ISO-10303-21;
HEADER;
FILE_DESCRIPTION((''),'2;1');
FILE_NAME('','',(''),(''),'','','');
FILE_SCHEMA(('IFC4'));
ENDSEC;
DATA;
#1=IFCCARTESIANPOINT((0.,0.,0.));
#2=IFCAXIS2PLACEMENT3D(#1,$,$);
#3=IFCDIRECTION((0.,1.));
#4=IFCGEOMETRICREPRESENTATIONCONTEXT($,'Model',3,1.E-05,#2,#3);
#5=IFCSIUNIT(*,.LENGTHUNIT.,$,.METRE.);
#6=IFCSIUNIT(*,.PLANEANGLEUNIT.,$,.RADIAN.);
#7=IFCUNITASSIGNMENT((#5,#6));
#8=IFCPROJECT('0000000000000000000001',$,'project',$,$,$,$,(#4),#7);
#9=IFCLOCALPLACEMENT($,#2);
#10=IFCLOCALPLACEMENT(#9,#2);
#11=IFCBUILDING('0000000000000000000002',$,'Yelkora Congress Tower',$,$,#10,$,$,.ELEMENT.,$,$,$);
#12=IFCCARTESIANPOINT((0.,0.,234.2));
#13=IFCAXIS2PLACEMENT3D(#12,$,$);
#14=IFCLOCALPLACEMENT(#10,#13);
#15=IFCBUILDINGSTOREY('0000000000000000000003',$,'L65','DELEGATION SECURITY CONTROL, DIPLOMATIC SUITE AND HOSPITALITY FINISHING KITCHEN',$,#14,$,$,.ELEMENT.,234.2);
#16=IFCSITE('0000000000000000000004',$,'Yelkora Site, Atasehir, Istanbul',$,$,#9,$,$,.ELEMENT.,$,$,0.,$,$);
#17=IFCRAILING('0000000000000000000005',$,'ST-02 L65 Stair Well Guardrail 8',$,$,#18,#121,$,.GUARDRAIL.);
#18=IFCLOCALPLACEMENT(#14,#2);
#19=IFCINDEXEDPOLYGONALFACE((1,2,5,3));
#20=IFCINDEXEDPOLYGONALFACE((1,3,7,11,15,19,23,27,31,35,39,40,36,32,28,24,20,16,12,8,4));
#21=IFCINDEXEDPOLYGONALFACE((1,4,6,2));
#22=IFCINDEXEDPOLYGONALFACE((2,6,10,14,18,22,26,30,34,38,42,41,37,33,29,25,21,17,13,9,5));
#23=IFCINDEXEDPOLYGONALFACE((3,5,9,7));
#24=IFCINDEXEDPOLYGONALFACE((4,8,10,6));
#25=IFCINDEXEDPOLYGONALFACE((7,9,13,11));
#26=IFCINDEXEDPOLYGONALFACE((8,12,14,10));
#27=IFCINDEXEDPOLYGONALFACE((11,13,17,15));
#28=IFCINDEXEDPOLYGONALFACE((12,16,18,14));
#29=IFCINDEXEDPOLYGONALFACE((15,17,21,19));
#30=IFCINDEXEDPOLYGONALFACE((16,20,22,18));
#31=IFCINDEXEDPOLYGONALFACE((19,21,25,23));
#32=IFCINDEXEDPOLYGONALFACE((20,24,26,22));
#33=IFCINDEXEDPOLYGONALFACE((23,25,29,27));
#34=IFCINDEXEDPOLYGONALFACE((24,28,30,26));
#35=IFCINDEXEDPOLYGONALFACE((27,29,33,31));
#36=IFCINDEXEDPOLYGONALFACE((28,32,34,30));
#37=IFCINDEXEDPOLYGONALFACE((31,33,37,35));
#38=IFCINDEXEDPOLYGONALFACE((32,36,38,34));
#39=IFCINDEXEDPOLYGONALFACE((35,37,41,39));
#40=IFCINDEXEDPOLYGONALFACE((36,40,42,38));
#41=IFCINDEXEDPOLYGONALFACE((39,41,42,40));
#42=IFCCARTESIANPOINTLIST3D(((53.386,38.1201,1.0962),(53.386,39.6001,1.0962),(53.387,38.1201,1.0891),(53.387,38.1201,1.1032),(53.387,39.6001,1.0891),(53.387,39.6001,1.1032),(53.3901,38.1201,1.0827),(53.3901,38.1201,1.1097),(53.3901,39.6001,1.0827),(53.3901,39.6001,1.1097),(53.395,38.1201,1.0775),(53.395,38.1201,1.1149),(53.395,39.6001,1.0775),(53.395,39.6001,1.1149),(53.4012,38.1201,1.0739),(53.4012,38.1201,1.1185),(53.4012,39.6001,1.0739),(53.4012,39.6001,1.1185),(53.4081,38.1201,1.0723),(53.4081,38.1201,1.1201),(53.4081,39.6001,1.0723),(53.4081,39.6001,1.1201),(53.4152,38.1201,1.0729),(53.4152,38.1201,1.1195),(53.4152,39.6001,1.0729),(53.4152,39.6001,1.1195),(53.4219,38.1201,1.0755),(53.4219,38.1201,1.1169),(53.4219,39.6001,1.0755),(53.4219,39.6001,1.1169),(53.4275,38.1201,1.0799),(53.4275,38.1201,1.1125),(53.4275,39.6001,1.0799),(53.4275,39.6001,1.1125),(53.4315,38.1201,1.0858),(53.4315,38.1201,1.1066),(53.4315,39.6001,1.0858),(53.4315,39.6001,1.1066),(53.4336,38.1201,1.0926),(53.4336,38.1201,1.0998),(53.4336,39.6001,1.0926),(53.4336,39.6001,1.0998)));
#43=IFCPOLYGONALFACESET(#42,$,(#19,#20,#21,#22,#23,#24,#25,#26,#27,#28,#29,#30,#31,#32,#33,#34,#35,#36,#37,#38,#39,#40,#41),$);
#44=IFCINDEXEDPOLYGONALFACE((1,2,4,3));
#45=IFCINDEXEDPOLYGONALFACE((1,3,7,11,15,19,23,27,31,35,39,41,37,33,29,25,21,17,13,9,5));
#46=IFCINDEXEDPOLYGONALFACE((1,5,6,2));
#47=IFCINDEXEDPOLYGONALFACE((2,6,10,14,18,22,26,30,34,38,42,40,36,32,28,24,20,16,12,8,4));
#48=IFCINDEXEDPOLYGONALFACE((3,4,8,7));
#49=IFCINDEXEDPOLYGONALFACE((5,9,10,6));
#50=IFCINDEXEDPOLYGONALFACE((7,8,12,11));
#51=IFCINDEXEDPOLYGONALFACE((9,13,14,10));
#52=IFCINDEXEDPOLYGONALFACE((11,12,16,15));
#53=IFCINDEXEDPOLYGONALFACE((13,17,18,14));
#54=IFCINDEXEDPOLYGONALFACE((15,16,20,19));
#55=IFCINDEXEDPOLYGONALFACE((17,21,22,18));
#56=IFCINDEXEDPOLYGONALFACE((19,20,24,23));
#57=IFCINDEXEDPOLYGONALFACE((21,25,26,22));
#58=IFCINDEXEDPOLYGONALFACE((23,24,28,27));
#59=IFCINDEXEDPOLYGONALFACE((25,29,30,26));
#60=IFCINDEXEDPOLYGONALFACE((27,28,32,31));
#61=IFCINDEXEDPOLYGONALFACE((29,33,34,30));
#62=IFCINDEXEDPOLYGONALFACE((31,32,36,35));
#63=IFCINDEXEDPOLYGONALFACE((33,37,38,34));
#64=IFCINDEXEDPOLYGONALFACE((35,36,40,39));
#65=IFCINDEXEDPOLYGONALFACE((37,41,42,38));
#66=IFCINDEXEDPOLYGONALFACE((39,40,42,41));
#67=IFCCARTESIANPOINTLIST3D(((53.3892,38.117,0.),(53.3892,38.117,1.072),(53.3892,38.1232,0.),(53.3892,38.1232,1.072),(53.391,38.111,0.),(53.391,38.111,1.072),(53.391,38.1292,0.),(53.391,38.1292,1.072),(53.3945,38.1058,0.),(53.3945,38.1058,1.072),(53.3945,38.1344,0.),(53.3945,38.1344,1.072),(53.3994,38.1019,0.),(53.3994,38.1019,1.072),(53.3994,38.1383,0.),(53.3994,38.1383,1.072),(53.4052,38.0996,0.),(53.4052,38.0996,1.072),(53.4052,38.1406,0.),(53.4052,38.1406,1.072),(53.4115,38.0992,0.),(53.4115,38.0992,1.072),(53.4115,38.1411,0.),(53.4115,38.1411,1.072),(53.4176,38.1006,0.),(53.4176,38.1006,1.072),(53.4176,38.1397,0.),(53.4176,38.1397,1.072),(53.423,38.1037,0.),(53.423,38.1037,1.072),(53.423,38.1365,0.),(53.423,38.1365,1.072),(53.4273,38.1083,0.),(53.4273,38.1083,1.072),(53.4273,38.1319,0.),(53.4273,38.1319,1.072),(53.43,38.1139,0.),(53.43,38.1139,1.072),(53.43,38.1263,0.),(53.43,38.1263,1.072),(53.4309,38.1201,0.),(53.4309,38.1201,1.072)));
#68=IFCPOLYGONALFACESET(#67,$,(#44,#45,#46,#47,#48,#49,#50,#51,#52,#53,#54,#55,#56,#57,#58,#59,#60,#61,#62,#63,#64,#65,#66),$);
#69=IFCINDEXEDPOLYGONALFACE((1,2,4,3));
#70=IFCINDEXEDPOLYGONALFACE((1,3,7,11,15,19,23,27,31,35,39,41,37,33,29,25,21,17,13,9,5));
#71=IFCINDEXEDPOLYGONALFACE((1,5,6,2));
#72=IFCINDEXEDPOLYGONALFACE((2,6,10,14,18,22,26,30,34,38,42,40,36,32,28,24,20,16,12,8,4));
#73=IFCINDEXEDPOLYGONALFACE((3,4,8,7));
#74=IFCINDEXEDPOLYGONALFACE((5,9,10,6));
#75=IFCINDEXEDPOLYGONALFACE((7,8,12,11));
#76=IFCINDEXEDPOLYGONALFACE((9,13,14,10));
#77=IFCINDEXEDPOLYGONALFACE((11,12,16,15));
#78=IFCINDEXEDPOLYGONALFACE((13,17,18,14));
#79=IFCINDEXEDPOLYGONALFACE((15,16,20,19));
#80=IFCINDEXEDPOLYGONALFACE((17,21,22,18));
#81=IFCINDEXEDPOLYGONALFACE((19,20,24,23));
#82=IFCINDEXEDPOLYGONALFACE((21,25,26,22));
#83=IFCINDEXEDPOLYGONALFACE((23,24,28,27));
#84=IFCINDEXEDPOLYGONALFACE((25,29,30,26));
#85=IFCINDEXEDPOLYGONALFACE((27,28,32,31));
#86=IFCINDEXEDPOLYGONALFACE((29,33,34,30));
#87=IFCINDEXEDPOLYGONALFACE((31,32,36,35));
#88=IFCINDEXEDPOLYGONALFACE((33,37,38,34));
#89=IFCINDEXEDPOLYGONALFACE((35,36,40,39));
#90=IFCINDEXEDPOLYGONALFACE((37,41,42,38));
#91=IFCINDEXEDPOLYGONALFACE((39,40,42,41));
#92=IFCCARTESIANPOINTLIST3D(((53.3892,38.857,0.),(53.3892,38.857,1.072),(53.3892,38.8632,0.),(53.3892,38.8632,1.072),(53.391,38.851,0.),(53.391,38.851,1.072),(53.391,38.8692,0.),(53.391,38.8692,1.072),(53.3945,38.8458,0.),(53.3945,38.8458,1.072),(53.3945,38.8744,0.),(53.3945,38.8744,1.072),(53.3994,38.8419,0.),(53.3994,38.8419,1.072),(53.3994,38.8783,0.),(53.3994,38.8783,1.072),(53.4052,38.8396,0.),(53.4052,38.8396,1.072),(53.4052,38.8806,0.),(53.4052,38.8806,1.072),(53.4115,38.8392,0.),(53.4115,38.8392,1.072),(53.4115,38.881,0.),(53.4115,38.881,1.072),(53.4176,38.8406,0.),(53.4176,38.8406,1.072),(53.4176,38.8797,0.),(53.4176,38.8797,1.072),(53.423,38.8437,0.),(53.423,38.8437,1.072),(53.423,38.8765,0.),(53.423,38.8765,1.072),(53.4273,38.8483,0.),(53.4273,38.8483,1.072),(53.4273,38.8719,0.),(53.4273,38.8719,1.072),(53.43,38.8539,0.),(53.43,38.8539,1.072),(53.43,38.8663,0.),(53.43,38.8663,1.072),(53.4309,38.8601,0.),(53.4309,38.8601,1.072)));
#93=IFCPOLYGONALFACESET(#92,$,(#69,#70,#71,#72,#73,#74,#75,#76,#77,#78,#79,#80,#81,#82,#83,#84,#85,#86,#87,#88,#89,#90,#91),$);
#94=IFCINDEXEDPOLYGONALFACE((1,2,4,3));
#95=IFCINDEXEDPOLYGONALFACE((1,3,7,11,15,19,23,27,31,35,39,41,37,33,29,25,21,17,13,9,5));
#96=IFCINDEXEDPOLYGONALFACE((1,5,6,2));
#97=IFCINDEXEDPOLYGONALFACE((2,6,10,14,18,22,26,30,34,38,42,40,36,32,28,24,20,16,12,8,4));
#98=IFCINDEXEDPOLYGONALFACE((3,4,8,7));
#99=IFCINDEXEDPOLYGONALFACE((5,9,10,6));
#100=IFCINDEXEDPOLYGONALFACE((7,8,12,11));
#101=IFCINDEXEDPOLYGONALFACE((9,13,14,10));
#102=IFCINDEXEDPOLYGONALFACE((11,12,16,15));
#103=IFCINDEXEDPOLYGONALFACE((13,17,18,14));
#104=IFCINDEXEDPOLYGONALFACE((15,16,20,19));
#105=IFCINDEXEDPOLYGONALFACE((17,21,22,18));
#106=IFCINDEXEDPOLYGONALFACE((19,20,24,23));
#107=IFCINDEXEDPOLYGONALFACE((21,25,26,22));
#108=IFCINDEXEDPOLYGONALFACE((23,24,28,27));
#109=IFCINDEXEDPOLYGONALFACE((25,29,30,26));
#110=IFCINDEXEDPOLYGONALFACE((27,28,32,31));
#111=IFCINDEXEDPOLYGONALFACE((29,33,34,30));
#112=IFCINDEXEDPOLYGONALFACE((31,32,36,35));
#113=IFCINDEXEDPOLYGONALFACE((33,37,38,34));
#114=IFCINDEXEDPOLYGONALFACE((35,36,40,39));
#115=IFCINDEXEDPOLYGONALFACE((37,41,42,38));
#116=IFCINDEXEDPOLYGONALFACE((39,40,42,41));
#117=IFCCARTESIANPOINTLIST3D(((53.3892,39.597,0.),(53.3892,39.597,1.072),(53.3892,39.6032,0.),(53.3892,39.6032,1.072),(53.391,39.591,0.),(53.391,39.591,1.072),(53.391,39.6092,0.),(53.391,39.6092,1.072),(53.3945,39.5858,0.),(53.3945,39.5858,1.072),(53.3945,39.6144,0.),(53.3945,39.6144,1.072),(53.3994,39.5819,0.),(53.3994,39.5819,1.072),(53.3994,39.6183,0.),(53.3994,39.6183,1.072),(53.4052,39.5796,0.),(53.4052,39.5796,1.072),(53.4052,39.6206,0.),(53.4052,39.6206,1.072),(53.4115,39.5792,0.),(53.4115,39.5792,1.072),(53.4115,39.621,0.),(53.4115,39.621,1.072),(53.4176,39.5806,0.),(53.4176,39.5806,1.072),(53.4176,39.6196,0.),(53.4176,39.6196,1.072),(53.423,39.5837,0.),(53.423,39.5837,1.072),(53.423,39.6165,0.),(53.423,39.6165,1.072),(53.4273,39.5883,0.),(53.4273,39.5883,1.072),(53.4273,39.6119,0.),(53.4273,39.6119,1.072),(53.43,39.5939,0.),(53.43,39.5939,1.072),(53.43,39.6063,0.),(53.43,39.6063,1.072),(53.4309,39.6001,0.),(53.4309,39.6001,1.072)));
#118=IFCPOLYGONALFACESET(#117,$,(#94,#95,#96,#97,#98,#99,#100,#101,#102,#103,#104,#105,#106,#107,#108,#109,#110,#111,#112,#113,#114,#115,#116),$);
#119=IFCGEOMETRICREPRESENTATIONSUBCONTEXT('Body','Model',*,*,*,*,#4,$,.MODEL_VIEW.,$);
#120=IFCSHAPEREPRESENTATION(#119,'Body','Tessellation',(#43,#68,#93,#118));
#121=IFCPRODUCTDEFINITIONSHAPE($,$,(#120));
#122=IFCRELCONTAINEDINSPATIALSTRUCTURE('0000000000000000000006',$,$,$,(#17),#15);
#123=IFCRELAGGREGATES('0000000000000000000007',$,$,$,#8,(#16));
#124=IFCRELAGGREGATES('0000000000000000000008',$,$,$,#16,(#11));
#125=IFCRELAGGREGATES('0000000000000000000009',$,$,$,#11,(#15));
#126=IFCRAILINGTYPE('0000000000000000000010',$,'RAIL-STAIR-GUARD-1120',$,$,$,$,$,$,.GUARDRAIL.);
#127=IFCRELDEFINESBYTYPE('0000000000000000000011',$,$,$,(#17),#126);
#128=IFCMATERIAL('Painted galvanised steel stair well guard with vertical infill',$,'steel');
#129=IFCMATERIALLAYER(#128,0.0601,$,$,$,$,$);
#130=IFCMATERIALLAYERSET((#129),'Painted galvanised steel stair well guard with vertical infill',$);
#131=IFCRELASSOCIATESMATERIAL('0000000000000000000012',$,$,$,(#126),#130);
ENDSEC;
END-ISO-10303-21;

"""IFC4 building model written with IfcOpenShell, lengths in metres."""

from ifc_helpers import new_model, si_unit, direction, frame, origin, origin_2d, place, context, subcontext, project, spatial, circle, extrude, material, layer, layer_set, type_object, element, save


model = new_model("IFC4")

# Units and contexts
model_context = context("Model", 3, precision=1e-05, world=origin(), true_north=direction((0.0, 1.0)))
body_context = subcontext(model_context, "Body", "Model", "MODEL_VIEW")
ifc_project = project(units=[si_unit("LENGTHUNIT", "METRE"), si_unit("PLANEANGLEUNIT", "RADIAN")], contexts=[model_context])

# Site, building, storey
site_placement = place(None, origin())
site = spatial("IfcSite", under=ifc_project, at=site_placement, Name="Yelkora Site, Atasehir, Istanbul", CompositionType="ELEMENT", RefElevation=0.0)
building_placement = place(site_placement, origin())
building = spatial("IfcBuilding", under=site, at=building_placement, Name="Yelkora Congress Tower", CompositionType="ELEMENT")
storey_placement = place(building_placement, frame((0.0, 0.0, 234.2)))
storey = spatial("IfcBuildingStorey", under=building, at=storey_placement, Name="L65", Description="DELEGATION SECURITY CONTROL, DIPLOMATIC SUITE AND HOSPITALITY FINISHING KITCHEN", CompositionType="ELEMENT", Elevation=234.2)

# Railing
ifc_material_1 = material(Name="Painted galvanised steel stair well guard with vertical infill", Category="steel")
ifc_layer_1 = layer(ifc_material_1, 0.0601)
ifc_layer_set_1 = layer_set([ifc_layer_1], Name="Painted galvanised steel stair well guard with vertical infill")
railing_type_1 = type_object("IfcRailingType", Name="RAIL-STAIR-GUARD-1120", PredefinedType="GUARDRAIL", material=ifc_layer_set_1)
railing_1_placement = place(storey_placement, frame((53.4099, 38.1201, 0.0)))
element("IfcRailing", 1, at=railing_1_placement, inside=storey, type_object=railing_type_1, Name="ST-02 L65 Stair Well Guardrail 8", PredefinedType="GUARDRAIL", context=body_context, shape_type="SweptSolid", body=[
    extrude(circle(Radius=0.0239, at=origin_2d()), frame((0.0, 0.0, 1.0962), z_axis=(0.0, 1.0, 0.0), x_axis=(-1.0, 0.0, 0.0)), (0.0, 0.0, 1.0), 1.48),
    extrude(circle(Radius=0.021, at=origin_2d()), origin(), (0.0, 0.0, 1.0), 1.072),
    extrude(circle(Radius=0.021, at=origin_2d()), frame((0.0, 0.74, 0.0)), (0.0, 0.0, 1.0), 1.072),
    extrude(circle(Radius=0.021, at=origin_2d()), frame((0.0, 1.48, 0.0)), (0.0, 0.0, 1.0), 1.072),
])

save(model, "model.ifc")
